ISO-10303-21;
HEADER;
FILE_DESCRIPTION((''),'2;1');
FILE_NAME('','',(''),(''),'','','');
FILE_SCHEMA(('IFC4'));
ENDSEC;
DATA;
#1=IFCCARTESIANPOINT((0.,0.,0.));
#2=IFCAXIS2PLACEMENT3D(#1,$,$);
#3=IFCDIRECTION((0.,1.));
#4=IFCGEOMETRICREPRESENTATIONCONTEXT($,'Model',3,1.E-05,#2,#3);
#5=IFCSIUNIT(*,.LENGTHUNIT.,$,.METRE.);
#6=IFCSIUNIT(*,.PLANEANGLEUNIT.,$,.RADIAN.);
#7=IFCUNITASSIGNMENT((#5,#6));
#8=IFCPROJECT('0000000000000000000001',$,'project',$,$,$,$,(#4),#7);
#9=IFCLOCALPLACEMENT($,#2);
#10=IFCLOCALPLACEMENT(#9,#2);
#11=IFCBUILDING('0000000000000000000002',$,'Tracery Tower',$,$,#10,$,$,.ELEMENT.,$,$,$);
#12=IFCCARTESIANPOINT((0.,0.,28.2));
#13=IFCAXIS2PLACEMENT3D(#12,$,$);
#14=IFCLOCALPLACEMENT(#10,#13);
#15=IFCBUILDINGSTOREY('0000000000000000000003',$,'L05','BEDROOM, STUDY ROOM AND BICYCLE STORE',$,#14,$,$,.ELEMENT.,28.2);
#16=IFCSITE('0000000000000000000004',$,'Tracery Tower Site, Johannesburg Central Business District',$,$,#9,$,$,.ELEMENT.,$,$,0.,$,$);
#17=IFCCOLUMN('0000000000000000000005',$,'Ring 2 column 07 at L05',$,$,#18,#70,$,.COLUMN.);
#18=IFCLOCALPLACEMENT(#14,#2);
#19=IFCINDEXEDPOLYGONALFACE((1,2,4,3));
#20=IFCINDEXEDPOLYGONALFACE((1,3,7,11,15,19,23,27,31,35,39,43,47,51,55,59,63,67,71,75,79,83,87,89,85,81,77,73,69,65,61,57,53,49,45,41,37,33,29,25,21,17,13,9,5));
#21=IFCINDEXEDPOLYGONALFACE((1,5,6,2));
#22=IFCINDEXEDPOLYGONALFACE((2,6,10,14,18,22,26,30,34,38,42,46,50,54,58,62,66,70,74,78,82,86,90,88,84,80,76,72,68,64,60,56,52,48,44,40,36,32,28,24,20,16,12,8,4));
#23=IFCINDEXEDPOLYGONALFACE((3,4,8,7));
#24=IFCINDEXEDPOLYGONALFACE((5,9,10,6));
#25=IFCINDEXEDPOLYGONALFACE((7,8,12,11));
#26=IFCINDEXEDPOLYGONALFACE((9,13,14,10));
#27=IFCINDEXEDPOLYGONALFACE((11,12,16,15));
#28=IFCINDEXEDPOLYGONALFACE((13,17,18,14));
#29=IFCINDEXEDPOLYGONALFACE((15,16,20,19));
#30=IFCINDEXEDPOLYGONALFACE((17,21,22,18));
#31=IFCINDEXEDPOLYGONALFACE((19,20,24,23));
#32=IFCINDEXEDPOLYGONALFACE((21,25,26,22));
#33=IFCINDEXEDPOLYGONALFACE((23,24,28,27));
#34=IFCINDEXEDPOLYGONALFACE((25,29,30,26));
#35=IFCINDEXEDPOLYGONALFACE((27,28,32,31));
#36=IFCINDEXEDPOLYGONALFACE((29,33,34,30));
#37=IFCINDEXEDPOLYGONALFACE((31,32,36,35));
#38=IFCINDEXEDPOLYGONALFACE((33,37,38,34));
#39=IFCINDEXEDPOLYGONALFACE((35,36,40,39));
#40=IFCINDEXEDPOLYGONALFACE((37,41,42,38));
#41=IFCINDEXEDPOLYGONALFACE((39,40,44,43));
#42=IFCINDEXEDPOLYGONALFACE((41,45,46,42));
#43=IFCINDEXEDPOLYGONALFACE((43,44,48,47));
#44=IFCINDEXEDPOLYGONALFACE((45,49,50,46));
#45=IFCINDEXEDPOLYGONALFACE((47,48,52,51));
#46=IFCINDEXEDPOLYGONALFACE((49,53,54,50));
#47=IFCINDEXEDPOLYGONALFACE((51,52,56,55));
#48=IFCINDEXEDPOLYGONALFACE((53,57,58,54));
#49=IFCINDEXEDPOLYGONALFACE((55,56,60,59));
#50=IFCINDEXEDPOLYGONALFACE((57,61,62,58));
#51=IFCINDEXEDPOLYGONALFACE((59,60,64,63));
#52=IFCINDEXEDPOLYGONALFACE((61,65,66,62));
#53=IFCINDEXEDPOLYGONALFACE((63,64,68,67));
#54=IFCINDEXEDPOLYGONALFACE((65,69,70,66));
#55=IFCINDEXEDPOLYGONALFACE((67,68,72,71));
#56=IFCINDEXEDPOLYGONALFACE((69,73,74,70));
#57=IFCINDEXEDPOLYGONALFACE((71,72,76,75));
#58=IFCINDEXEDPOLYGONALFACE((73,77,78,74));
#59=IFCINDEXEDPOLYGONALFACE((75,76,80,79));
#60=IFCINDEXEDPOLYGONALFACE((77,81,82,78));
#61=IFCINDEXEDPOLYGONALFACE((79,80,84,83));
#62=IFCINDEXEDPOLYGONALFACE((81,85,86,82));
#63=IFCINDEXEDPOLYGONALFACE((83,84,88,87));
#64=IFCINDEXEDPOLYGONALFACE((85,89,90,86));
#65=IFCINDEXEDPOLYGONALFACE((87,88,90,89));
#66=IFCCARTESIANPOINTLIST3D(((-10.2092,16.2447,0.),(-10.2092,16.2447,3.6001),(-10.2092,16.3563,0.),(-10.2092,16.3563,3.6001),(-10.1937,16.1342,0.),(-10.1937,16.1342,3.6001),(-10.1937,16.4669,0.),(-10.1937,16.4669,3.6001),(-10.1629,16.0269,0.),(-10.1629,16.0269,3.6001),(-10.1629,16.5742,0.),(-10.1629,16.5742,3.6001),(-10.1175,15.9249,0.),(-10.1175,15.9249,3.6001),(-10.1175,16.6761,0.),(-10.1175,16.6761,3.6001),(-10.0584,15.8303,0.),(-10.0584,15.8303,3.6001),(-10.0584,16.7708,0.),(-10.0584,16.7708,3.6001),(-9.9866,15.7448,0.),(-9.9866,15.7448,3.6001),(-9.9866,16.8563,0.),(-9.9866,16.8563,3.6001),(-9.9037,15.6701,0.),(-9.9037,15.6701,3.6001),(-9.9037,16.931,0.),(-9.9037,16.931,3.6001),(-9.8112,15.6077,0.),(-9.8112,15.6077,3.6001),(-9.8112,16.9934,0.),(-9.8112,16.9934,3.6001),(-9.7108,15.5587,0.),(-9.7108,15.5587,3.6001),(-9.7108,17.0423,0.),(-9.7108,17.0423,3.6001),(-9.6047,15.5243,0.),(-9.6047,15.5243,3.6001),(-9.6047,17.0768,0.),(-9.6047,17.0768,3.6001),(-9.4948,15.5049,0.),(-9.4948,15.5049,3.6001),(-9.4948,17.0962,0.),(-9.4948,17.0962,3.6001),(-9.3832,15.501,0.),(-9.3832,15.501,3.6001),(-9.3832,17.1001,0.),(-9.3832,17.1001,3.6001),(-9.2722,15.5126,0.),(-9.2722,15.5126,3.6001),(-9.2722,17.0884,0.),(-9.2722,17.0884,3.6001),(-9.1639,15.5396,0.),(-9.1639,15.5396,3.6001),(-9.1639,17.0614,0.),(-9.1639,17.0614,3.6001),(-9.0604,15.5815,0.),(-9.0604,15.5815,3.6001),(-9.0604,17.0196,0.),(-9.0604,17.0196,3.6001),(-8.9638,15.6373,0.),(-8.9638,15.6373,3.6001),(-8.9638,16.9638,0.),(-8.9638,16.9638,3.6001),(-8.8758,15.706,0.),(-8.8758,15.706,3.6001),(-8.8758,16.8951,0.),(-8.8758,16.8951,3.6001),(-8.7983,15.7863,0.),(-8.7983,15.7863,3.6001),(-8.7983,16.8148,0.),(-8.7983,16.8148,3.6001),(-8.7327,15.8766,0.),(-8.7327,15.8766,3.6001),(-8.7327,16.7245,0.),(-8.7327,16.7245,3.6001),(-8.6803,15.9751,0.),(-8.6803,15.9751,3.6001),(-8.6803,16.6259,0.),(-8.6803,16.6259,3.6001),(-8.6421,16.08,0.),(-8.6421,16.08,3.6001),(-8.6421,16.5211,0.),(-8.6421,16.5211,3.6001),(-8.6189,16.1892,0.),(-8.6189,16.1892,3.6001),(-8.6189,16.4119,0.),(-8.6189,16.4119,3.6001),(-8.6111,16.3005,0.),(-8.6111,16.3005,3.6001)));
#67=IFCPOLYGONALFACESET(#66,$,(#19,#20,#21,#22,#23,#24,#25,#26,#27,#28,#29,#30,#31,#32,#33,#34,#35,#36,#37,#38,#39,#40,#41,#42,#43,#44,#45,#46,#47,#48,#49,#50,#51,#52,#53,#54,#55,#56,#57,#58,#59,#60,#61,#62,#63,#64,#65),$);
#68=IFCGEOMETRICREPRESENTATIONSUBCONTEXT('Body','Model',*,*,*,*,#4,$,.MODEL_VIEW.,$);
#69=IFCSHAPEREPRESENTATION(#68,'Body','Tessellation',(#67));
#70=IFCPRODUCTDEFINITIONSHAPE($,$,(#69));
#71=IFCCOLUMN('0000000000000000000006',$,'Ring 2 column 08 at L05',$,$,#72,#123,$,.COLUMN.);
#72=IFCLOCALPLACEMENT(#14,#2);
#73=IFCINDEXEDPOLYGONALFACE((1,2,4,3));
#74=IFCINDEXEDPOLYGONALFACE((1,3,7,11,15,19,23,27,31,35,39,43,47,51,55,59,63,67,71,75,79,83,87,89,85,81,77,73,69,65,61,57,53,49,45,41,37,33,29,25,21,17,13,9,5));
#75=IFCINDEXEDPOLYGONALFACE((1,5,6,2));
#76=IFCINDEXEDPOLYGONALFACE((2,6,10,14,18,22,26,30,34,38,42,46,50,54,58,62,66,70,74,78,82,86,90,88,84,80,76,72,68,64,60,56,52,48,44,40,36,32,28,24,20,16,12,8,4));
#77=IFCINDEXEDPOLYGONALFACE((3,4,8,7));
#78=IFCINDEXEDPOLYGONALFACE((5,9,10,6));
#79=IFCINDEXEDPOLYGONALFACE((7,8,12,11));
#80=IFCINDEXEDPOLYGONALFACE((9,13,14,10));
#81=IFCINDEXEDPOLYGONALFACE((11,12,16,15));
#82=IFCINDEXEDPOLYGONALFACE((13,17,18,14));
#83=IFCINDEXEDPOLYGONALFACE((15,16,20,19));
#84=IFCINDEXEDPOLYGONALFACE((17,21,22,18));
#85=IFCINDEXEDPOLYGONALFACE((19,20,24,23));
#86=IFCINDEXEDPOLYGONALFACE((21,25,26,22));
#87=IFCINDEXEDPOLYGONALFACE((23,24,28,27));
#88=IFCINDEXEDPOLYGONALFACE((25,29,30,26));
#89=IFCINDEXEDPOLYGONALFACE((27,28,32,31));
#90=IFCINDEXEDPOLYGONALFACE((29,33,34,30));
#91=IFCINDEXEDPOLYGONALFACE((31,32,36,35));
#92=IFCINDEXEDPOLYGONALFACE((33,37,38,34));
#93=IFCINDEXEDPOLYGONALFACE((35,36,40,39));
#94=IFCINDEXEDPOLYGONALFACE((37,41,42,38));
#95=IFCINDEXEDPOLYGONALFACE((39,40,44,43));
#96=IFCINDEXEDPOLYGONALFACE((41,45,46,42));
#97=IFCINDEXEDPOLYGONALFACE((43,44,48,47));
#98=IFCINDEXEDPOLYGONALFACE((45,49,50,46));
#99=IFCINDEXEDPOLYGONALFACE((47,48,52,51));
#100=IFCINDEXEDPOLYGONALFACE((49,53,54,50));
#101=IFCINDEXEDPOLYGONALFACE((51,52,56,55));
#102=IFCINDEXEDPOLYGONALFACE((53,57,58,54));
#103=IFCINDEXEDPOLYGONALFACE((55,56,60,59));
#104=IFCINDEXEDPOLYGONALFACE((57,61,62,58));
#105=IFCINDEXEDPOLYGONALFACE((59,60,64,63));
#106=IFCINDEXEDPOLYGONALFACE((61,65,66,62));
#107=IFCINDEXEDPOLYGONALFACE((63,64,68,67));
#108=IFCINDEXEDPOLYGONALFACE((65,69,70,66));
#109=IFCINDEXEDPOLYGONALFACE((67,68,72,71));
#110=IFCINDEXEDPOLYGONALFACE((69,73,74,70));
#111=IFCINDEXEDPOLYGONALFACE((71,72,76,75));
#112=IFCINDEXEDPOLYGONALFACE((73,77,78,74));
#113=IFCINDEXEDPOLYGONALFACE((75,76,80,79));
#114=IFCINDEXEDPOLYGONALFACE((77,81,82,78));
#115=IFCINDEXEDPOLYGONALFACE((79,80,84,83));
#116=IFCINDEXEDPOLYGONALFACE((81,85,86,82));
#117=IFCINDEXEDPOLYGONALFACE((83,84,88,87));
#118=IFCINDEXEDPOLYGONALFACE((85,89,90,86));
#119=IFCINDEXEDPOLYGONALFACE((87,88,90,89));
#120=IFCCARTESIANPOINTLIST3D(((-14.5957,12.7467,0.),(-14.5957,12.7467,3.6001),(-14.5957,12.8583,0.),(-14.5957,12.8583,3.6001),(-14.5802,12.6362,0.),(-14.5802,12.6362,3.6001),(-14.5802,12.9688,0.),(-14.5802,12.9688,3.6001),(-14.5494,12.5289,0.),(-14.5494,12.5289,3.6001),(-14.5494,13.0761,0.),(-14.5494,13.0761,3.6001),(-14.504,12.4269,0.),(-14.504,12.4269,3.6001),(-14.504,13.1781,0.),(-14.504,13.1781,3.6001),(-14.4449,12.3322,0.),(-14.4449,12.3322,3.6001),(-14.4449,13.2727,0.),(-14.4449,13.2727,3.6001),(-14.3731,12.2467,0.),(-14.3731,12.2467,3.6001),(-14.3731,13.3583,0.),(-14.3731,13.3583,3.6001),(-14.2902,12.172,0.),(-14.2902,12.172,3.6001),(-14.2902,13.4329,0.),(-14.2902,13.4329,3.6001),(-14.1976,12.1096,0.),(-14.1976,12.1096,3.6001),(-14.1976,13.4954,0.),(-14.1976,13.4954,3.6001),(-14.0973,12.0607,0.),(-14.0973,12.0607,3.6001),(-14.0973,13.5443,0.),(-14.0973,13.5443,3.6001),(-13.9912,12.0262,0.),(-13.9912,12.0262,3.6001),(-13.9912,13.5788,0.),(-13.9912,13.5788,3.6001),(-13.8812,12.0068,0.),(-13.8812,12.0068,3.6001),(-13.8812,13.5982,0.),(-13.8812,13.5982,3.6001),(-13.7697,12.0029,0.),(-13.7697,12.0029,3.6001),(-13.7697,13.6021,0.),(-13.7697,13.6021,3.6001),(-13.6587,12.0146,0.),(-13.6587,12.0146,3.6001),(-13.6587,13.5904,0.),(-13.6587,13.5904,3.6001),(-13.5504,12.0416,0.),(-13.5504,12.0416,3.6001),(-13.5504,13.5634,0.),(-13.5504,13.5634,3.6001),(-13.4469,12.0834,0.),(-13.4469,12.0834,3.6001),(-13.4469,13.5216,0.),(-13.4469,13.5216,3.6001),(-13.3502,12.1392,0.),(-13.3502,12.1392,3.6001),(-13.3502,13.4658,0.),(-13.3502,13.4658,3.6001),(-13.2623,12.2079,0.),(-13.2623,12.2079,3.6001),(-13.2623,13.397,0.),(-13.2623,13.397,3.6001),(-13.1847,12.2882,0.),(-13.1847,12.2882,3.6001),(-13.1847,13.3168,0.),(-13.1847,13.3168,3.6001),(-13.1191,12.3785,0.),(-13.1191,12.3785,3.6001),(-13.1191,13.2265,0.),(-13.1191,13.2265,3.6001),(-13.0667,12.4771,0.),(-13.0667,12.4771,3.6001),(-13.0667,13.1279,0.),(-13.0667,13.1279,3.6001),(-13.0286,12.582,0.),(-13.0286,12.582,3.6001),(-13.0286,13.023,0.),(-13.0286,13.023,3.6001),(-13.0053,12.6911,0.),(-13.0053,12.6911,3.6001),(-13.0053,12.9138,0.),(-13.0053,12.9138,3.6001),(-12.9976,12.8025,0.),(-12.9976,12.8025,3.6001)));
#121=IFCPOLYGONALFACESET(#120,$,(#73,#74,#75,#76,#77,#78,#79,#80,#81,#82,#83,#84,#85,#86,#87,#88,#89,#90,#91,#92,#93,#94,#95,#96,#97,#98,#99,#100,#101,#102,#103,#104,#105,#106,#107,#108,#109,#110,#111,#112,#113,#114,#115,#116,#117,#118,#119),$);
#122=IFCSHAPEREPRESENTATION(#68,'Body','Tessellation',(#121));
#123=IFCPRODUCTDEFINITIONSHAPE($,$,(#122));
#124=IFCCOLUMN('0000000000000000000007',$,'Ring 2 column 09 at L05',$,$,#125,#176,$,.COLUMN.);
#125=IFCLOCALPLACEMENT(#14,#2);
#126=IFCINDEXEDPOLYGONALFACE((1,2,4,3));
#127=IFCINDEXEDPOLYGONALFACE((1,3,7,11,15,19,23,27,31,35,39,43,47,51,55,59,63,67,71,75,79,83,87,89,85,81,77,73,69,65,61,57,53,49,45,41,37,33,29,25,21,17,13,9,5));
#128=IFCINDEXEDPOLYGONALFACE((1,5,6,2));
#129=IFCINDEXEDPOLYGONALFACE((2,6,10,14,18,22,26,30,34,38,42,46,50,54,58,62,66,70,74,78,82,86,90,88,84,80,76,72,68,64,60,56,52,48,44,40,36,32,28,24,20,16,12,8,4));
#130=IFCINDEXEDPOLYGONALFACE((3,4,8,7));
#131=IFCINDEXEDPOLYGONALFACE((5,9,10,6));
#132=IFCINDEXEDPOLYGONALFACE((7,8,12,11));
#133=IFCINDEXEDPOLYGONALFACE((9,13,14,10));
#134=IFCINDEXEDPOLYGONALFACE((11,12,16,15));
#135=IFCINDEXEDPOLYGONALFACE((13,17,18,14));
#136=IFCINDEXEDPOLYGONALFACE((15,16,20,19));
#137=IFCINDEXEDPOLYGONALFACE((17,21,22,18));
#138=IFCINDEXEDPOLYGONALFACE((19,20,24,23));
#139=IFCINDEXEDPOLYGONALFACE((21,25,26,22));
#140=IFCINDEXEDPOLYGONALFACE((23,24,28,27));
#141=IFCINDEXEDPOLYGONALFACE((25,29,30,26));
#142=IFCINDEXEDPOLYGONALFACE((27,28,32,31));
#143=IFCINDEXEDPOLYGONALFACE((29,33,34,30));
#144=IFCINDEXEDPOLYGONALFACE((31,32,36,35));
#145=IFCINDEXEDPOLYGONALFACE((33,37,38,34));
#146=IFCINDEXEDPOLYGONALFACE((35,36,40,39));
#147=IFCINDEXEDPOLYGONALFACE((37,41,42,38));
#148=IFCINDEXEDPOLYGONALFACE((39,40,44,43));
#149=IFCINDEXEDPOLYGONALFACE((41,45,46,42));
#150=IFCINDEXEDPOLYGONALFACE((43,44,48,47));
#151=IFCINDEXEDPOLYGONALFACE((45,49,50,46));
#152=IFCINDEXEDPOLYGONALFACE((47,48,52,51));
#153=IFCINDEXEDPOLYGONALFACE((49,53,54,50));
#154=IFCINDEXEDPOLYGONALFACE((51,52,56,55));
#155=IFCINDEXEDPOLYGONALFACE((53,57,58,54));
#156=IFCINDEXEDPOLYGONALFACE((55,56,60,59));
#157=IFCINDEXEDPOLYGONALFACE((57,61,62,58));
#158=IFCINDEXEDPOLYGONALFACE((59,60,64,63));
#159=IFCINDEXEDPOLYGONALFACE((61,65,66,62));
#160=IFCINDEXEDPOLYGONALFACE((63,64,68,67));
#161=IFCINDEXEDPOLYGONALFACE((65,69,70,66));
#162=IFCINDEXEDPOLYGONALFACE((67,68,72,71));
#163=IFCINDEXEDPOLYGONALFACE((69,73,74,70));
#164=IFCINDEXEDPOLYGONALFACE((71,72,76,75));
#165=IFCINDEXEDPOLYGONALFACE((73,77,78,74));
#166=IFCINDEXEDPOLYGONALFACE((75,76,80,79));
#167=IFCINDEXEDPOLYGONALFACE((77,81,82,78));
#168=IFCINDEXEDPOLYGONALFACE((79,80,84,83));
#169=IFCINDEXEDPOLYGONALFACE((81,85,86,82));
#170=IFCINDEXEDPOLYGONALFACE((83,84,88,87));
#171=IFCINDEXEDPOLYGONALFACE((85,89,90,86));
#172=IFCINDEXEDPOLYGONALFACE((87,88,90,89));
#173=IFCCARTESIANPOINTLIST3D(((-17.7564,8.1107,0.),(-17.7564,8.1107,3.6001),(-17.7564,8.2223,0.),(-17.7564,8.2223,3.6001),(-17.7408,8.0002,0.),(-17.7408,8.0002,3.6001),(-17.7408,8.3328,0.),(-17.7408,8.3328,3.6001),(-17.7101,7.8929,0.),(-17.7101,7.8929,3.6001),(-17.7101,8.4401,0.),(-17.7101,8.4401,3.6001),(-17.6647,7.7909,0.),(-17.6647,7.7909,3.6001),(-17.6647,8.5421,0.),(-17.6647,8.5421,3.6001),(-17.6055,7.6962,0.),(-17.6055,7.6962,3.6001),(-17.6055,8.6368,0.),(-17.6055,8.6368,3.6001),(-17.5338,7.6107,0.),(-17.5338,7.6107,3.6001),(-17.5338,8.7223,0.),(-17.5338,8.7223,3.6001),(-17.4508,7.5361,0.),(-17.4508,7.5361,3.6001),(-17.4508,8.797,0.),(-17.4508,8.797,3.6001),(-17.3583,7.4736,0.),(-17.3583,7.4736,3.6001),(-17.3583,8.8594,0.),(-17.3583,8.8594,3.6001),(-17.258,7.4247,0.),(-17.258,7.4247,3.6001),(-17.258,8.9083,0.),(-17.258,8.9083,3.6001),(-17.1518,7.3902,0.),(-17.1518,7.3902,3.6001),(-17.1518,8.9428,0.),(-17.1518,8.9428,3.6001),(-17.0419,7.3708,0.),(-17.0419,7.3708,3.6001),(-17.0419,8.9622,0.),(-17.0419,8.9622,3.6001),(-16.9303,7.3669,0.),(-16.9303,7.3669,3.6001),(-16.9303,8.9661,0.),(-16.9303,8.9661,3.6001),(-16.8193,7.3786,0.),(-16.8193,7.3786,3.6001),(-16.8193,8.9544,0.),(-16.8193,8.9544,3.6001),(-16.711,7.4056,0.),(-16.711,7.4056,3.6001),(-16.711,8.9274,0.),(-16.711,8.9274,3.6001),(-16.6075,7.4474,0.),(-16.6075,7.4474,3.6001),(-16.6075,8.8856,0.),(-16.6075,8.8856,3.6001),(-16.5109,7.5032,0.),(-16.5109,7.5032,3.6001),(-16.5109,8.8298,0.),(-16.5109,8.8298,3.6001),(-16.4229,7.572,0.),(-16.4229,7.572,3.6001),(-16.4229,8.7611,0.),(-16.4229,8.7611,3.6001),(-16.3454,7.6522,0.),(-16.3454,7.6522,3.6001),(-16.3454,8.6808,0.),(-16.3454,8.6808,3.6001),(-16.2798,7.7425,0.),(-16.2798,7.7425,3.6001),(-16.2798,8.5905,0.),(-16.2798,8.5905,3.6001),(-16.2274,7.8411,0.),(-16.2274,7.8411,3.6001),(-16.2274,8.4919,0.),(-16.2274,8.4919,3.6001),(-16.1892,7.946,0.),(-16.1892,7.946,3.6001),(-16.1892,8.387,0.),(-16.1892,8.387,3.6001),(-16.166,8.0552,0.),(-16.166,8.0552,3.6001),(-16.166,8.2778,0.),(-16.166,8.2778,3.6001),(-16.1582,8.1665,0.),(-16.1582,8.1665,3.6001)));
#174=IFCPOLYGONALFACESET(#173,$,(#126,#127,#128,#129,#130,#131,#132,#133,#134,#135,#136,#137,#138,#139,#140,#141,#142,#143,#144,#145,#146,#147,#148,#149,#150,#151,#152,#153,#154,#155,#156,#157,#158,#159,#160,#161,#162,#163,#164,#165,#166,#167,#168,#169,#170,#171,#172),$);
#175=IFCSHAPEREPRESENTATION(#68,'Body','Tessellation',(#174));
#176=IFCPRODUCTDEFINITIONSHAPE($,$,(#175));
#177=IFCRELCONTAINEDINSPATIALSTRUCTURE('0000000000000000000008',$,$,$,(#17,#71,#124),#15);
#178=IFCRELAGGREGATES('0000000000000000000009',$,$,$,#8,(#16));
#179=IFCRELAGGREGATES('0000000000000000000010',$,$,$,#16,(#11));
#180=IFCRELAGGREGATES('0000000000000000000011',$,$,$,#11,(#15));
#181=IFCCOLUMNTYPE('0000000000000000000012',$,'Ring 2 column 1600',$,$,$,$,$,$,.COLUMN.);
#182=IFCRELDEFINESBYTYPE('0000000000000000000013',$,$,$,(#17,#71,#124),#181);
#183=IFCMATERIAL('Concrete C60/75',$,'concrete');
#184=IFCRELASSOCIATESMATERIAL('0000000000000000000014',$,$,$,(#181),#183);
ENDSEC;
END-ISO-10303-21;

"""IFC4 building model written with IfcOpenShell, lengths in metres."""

from ifc_helpers import new_model, si_unit, direction, frame, origin, origin_2d, place, context, subcontext, project, spatial, circle, extrude, material, material_profile, profile_set, type_object, element, save


model = new_model("IFC4")

# Units and contexts
model_context = context("Model", 3, precision=1e-05, world=origin(), true_north=direction((0.0, 1.0)))
body_context = subcontext(model_context, "Body", "Model", "MODEL_VIEW")
ifc_project = project(units=[si_unit("LENGTHUNIT", "METRE"), si_unit("PLANEANGLEUNIT", "RADIAN")], contexts=[model_context])

# Site, building, storey
site_placement = place(None, origin())
site = spatial("IfcSite", under=ifc_project, at=site_placement, Name="Tracery Tower Site, Johannesburg Central Business District", CompositionType="ELEMENT", RefElevation=0.0)
building_placement = place(site_placement, origin())
building = spatial("IfcBuilding", under=site, at=building_placement, Name="Tracery Tower", CompositionType="ELEMENT")
storey_placement = place(building_placement, frame((0.0, 0.0, 28.2)))
storey = spatial("IfcBuildingStorey", under=building, at=storey_placement, Name="L05", Description="BEDROOM, STUDY ROOM AND BICYCLE STORE", CompositionType="ELEMENT", Elevation=28.2)

# Columns
ifc_material_1 = material(Name="Concrete C60/75", Category="concrete")
ifc_material_profile = material_profile(ifc_material_1, circle(Radius=0.8, at=origin_2d()), Name="RC D1600")
ifc_profile_set = profile_set([ifc_material_profile], Name="Concrete C60/75")
column_type = type_object("IfcColumnType", Name="Ring 2 column 1600", PredefinedType="COLUMN", material=ifc_profile_set)
for number, where, z_axis, x_axis, name in (
    (1, (-9.4111, 16.3005, 0.0), (0.0, 0.0, 1.0), (1.0, 0.0, 0.0), "Ring 2 column 07 at L05"),
    (2, (-13.7976, 12.8025, 0.0), (0.0, 0.0, 1.0), (1.0, 0.0, 0.0), "Ring 2 column 08 at L05"),
    (3, (-16.9583, 8.1665, 0.0), (0.0, 0.0, 1.0), (1.0, 0.0, 0.0), "Ring 2 column 09 at L05"),
):
    element("IfcColumn", number, at=place(storey_placement, frame(where, z_axis=z_axis, x_axis=x_axis)), inside=storey, type_object=column_type, Name=name, PredefinedType="COLUMN", context=body_context, shape_type="SweptSolid", body=[
        extrude(circle(Radius=0.8, at=origin_2d()), origin(), (0.0, 0.0, 1.0), 3.6001),
    ])

save(model, "model.ifc")
